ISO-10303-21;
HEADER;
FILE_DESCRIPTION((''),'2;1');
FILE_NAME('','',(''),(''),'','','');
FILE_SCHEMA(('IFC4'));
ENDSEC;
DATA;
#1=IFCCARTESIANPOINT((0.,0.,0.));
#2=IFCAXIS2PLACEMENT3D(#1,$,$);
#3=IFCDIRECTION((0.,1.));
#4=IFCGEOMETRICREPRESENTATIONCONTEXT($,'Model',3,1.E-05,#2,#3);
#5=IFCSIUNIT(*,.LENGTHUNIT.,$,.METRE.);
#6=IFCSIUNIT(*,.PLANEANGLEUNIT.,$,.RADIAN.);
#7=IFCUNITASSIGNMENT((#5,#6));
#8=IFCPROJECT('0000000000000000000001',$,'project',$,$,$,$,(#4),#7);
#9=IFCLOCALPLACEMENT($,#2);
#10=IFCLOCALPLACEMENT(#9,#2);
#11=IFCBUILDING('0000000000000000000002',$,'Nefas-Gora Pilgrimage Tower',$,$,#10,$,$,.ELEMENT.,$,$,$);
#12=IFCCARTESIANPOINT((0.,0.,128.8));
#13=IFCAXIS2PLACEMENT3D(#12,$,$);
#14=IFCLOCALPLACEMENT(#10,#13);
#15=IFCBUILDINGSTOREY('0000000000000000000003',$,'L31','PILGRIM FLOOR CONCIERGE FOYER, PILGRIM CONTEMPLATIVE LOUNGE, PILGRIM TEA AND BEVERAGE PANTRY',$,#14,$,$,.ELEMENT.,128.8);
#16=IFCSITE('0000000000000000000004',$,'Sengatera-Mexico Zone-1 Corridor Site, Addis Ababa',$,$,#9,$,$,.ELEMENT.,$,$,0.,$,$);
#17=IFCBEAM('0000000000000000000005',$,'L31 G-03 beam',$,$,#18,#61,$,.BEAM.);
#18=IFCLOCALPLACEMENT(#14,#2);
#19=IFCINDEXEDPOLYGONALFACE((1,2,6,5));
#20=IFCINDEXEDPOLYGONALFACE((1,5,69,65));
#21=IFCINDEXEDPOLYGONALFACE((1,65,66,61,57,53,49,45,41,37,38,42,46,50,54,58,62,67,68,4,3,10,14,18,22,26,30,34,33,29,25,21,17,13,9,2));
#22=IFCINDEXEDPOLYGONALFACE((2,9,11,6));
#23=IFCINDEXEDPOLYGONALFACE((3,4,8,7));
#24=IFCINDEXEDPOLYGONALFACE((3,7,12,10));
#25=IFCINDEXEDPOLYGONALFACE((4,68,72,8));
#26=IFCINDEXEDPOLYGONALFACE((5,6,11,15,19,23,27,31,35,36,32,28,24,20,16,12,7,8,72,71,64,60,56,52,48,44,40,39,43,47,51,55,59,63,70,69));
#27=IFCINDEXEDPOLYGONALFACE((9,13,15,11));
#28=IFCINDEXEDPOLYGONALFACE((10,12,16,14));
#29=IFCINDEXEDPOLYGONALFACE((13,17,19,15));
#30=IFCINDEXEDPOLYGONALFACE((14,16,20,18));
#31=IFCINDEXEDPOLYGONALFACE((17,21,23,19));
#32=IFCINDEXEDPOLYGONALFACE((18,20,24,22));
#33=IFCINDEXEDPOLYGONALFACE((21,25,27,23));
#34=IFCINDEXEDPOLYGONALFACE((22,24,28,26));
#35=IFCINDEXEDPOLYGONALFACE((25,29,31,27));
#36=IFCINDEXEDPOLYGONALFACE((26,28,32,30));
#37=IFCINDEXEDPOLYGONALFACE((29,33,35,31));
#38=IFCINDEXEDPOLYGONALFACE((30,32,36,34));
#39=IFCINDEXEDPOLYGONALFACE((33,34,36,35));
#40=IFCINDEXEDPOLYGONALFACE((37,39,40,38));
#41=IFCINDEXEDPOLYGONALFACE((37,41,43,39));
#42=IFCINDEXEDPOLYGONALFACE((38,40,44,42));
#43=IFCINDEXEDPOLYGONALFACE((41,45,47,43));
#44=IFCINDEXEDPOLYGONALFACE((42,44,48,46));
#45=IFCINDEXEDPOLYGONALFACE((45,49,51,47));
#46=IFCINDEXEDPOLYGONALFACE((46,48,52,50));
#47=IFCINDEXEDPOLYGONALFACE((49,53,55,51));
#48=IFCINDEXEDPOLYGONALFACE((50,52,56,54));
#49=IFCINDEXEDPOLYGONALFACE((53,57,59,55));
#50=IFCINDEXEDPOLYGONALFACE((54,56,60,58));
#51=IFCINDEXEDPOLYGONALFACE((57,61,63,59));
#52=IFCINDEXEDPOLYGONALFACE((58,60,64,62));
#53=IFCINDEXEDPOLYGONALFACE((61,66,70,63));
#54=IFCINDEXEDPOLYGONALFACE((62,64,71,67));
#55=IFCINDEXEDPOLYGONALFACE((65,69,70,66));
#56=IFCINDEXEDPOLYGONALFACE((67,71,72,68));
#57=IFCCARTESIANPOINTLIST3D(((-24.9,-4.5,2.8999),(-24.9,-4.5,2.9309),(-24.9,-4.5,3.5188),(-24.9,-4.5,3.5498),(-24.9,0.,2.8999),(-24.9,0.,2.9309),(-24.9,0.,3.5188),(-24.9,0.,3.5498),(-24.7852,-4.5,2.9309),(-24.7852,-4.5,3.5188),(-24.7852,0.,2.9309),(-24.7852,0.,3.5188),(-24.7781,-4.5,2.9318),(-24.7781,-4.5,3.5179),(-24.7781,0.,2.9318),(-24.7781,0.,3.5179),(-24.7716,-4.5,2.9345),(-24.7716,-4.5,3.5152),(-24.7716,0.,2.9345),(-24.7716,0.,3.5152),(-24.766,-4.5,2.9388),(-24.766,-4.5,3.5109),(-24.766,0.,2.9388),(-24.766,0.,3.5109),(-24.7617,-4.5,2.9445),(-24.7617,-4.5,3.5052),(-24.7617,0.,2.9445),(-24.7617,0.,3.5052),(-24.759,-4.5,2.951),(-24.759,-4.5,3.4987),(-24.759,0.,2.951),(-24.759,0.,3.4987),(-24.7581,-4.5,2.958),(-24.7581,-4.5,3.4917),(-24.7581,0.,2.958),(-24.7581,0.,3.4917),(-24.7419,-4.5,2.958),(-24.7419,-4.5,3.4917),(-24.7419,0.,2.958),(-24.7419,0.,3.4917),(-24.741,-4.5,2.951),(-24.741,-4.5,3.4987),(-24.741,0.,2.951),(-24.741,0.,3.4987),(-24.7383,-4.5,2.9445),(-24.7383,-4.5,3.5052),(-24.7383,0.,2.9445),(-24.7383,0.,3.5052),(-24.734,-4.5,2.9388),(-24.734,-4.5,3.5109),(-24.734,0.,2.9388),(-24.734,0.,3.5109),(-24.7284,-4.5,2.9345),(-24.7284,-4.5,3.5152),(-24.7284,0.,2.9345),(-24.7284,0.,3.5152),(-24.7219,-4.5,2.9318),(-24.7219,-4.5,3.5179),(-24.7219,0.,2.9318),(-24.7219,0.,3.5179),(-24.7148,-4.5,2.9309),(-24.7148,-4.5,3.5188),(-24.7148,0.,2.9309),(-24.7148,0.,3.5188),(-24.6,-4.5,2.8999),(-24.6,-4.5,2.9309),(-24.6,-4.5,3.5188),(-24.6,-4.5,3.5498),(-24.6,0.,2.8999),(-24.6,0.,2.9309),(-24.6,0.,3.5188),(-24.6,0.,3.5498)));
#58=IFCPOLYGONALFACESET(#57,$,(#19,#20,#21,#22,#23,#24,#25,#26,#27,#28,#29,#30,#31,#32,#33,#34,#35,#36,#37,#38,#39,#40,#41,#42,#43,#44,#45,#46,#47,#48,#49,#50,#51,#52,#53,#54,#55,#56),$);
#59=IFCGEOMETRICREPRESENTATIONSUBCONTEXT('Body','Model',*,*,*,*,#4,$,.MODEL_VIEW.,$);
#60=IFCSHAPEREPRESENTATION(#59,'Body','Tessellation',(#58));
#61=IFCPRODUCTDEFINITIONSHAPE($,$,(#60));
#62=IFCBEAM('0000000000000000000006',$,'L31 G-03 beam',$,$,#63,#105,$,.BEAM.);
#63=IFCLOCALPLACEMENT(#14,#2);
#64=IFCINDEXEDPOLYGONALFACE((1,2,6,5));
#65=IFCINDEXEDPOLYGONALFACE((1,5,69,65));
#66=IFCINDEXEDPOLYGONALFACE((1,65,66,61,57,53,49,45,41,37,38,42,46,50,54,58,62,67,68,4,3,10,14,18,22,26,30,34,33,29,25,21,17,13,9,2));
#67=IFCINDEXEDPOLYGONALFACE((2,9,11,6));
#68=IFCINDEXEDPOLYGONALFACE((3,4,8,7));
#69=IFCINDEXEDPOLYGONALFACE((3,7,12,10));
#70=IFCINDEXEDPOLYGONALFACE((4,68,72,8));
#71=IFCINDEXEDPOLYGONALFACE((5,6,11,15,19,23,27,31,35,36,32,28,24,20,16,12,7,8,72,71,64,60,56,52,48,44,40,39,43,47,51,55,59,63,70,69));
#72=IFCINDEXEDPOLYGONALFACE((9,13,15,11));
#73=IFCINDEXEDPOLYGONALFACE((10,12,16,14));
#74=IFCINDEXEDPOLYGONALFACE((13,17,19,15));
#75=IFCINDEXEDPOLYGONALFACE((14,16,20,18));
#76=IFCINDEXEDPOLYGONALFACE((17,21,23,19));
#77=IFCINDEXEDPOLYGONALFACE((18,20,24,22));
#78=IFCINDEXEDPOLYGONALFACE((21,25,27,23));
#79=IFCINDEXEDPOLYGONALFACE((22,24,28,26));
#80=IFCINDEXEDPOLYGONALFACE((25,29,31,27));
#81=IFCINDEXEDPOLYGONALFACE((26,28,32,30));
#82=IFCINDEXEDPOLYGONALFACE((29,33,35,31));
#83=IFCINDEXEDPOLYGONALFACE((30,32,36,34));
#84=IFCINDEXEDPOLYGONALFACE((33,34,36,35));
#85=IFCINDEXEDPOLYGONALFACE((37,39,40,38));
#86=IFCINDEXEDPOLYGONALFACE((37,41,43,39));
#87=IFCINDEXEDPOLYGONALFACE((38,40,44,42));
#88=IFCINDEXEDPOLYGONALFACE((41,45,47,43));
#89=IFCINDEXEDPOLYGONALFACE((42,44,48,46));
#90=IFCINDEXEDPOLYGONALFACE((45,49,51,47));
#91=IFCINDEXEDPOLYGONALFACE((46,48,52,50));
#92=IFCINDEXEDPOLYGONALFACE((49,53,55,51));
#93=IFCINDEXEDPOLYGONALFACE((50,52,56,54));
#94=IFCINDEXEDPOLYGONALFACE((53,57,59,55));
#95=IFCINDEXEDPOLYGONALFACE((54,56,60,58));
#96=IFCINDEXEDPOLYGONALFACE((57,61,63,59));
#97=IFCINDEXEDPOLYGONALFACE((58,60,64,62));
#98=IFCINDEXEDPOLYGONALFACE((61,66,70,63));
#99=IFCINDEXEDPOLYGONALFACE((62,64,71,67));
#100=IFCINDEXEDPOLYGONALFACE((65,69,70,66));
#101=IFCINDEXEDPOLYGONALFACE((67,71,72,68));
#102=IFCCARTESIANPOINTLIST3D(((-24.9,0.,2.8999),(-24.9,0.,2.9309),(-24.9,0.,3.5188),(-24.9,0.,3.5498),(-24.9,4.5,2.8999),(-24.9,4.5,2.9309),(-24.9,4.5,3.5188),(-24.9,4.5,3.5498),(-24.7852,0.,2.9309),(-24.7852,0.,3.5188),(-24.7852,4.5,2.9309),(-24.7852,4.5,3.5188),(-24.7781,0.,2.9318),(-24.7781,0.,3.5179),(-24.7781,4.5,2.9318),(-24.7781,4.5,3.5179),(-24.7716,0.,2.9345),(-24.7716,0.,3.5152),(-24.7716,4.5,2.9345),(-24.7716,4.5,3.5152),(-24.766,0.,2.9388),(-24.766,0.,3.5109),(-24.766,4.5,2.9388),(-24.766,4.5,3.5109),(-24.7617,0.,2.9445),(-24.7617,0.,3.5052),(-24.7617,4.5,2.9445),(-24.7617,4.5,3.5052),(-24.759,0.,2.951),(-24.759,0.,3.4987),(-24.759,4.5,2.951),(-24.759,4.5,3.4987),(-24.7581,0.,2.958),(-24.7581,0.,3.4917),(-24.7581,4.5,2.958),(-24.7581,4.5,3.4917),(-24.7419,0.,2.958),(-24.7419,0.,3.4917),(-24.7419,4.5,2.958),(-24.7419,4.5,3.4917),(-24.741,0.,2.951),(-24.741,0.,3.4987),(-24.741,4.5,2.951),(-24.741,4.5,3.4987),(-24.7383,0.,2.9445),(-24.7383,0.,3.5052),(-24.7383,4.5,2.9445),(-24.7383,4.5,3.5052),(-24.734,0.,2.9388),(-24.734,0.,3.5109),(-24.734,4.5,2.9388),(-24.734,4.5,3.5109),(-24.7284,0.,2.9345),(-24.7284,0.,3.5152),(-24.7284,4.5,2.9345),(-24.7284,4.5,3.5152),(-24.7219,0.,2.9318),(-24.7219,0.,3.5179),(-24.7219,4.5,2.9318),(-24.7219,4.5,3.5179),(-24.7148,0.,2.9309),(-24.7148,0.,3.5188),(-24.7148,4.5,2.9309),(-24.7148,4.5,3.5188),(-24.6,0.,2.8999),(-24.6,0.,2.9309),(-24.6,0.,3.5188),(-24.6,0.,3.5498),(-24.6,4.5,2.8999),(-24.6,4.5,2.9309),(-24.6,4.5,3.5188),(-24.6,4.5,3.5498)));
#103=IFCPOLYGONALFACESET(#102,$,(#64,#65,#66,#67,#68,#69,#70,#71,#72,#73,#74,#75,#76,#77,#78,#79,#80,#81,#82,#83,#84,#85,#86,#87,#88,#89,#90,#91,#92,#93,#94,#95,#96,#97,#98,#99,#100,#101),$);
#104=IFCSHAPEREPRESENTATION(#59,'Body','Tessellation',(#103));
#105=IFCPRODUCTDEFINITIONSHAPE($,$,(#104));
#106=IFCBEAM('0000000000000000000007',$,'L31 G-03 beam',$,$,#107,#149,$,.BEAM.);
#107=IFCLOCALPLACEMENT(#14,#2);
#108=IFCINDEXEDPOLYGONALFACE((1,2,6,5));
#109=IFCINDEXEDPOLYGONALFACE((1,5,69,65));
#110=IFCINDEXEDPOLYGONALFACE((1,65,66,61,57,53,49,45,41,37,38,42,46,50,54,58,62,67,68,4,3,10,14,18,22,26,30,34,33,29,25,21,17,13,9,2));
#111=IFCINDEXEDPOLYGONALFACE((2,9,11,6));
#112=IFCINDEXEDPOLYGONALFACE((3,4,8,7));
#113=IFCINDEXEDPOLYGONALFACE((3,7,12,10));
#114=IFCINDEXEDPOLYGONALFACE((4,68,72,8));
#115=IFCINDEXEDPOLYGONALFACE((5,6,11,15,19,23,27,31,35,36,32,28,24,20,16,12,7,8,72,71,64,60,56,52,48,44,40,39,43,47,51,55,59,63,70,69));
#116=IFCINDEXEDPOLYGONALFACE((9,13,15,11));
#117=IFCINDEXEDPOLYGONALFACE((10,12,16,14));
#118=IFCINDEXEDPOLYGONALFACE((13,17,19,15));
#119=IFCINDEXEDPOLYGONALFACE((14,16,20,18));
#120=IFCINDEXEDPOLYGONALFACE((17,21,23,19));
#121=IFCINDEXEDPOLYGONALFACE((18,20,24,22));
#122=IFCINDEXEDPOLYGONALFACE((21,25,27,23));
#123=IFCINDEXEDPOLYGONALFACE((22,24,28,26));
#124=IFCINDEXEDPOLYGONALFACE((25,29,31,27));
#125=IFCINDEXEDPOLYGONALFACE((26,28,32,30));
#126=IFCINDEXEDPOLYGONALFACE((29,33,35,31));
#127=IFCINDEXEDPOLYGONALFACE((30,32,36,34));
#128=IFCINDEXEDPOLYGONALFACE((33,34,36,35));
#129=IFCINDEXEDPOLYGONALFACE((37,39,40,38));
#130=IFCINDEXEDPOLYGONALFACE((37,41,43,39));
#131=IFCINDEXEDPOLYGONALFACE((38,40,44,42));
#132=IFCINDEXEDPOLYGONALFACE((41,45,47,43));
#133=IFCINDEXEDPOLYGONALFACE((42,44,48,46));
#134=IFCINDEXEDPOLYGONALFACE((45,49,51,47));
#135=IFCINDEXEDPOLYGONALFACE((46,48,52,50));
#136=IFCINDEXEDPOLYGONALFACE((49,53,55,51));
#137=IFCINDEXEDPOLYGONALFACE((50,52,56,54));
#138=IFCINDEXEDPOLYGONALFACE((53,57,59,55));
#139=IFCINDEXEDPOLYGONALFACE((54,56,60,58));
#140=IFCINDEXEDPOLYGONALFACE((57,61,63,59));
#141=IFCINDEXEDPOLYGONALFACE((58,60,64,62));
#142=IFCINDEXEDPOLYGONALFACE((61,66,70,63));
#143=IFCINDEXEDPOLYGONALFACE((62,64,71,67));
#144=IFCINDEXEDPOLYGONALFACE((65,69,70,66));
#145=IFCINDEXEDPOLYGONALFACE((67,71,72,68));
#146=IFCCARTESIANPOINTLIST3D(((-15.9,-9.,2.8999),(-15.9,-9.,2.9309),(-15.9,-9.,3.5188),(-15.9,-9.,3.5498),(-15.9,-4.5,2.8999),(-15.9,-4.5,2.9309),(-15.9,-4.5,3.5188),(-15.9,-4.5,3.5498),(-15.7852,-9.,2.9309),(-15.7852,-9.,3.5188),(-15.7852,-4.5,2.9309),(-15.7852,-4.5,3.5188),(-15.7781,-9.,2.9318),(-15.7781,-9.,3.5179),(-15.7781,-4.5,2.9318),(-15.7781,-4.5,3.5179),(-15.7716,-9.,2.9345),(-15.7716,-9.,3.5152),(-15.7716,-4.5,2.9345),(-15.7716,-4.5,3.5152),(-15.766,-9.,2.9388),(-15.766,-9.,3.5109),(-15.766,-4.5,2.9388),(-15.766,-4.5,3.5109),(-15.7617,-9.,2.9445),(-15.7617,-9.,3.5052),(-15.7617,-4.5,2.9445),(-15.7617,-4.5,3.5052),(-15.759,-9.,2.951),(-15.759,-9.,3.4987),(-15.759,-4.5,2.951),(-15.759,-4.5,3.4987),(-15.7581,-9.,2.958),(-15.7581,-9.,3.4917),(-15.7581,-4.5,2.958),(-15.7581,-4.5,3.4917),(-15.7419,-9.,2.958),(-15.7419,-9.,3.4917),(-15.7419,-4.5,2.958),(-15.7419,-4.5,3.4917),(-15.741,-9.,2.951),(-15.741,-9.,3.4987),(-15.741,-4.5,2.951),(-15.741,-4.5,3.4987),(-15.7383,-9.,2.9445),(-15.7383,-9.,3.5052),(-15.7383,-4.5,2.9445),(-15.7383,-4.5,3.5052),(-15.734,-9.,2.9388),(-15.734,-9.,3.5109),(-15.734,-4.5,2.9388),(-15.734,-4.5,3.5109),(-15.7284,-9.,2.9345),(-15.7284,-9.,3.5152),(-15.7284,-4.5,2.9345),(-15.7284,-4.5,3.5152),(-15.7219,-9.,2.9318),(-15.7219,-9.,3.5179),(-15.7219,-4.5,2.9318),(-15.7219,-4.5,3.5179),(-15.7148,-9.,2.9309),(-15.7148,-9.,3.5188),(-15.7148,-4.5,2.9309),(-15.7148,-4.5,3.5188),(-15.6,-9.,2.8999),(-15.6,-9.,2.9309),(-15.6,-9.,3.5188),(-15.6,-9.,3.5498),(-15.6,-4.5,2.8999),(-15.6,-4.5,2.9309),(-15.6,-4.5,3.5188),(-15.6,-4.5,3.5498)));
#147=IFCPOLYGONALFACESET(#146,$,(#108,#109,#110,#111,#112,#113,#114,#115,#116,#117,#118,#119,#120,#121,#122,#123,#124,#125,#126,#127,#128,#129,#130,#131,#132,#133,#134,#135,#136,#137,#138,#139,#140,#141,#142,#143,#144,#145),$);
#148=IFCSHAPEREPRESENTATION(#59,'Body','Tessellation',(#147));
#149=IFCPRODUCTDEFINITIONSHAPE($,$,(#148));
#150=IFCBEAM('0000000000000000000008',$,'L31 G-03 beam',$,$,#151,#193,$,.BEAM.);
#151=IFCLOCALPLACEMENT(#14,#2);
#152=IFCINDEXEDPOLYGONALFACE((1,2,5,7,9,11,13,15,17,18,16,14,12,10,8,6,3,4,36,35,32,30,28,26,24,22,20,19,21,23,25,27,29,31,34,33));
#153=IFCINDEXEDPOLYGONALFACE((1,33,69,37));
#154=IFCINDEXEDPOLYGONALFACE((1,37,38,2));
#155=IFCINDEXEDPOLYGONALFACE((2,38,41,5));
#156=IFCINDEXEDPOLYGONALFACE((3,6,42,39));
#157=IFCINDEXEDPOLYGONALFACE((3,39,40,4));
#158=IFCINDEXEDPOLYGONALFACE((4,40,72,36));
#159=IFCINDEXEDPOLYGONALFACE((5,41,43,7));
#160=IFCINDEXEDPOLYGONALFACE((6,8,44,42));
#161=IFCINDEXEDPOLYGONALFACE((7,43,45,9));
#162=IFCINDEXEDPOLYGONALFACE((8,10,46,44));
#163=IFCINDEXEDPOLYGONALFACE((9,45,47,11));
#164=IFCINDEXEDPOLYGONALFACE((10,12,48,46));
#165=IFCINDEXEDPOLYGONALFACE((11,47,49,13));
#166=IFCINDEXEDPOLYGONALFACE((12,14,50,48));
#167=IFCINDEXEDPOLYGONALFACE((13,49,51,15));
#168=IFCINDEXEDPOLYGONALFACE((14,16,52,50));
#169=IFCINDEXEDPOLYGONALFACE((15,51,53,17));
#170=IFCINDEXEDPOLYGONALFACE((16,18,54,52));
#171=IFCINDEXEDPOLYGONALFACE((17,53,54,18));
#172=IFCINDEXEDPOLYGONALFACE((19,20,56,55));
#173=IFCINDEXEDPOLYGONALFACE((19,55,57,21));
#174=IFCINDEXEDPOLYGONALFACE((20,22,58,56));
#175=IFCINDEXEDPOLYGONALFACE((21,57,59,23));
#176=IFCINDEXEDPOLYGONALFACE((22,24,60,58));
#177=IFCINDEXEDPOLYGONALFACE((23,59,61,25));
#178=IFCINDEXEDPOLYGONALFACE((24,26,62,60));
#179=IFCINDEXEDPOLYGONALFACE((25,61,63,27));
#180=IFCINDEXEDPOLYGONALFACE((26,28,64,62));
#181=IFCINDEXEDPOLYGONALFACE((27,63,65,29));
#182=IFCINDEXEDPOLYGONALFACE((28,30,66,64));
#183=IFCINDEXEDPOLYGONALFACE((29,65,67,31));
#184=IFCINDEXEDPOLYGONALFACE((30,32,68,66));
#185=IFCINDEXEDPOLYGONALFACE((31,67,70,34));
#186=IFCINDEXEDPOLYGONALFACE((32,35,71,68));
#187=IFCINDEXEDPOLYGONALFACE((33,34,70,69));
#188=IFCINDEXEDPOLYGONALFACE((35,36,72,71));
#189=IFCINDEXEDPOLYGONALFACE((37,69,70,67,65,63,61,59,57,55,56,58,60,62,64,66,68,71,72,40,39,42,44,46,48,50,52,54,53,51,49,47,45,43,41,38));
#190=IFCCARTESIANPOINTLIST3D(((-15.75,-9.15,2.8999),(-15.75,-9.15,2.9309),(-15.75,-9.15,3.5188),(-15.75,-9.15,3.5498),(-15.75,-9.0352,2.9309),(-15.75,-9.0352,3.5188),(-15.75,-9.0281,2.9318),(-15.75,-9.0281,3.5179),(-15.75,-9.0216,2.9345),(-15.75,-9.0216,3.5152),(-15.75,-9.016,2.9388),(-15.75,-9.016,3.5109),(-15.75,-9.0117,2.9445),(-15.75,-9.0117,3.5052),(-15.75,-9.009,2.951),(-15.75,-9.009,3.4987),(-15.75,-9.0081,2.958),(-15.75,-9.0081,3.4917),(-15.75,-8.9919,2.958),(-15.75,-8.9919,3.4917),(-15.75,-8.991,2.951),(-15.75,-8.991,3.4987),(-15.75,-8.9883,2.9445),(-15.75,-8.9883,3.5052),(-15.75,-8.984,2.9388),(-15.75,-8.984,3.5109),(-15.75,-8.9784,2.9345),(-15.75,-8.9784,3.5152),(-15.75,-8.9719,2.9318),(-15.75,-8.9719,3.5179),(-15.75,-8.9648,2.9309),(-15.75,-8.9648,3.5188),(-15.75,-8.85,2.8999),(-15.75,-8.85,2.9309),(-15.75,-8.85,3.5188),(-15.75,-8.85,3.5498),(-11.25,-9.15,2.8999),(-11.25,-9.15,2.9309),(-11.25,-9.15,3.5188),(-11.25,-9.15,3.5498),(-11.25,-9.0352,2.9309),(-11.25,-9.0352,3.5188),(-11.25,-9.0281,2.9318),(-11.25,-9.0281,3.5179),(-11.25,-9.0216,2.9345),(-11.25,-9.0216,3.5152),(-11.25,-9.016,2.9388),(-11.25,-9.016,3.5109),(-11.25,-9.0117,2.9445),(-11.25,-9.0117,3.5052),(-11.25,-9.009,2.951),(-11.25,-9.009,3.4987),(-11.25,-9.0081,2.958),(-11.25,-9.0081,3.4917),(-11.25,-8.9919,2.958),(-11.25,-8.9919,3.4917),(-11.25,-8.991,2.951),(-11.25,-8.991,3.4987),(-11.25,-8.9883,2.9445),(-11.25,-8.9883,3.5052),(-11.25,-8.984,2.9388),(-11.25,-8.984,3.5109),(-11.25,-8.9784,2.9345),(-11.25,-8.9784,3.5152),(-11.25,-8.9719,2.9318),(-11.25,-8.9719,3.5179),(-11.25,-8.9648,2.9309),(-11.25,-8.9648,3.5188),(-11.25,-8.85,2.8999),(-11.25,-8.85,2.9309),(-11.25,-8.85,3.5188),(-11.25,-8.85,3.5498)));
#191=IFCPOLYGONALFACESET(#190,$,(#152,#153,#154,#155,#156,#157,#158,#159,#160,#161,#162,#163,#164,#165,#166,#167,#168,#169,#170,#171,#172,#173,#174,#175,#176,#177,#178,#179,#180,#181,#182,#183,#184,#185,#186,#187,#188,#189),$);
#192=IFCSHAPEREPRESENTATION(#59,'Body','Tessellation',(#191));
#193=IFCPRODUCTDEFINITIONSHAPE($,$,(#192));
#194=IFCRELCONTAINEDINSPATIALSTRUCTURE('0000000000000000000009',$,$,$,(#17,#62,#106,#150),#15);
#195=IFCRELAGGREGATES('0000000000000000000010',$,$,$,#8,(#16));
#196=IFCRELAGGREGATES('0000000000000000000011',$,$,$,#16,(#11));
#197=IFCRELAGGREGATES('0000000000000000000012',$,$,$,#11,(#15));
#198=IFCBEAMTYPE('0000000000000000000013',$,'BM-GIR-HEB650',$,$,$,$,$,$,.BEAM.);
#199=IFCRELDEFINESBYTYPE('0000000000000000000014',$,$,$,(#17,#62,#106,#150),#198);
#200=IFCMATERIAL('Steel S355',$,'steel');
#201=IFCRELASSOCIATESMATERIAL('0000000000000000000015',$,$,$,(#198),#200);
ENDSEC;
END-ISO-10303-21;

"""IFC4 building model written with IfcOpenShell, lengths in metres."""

from ifc_helpers import new_model, si_unit, direction, frame, origin, origin_2d, place, context, subcontext, project, spatial, i_section, extrude, source, transform, mapped, material, material_profile, profile_set, type_object, element, save


model = new_model("IFC4")

# Units and contexts
model_context = context("Model", 3, precision=1e-05, world=origin(), true_north=direction((0.0, 1.0)))
body_context = subcontext(model_context, "Body", "Model", "MODEL_VIEW")
ifc_project = project(units=[si_unit("LENGTHUNIT", "METRE"), si_unit("PLANEANGLEUNIT", "RADIAN")], contexts=[model_context])

# Site, building, storey
site_placement = place(None, origin())
site = spatial("IfcSite", under=ifc_project, at=site_placement, Name="Sengatera-Mexico Zone-1 Corridor Site, Addis Ababa", CompositionType="ELEMENT", RefElevation=0.0)
building_placement = place(site_placement, origin())
building = spatial("IfcBuilding", under=site, at=building_placement, Name="Nefas-Gora Pilgrimage Tower", CompositionType="ELEMENT")
storey_placement = place(building_placement, frame((0.0, 0.0, 128.8)))
storey = spatial("IfcBuildingStorey", under=building, at=storey_placement, Name="L31", Description="PILGRIM FLOOR CONCIERGE FOYER, PILGRIM CONTEMPLATIVE LOUNGE, PILGRIM TEA AND BEVERAGE PANTRY", CompositionType="ELEMENT", Elevation=128.8)

# Beams
ifc_material_1 = material(Name="Steel S355", Category="steel")
ifc_material_profile_1 = material_profile(ifc_material_1, i_section(OverallWidth=0.3, OverallDepth=0.6499, WebThickness=0.0161, FlangeThickness=0.031, FilletRadius=0.0271, at=origin_2d()), Name="HEB 650")
ifc_profile_set_1 = profile_set([ifc_material_profile_1], Name="Steel S355")
beam_type_1 = type_object("IfcBeamType", Name="BM-GIR-HEB650", PredefinedType="BEAM", material=ifc_profile_set_1)
shared_shape_1 = source(origin(), body_context, "Body", "SweptSolid", [
    extrude(i_section(OverallWidth=0.3, OverallDepth=0.6499, WebThickness=0.0161, FlangeThickness=0.031, FilletRadius=0.0271, at=origin_2d()), origin(), (0.0, 0.0, 1.0), 4.5),
])
for number, where, z_axis, x_axis, name in (
    (1, (-24.75, -4.5, 3.2249), (0.0, 1.0, 0.0), (-1.0, 0.0, 0.0), "L31 G-03 beam"),
    (2, (-24.75, 0.0, 3.2249), (0.0, 1.0, 0.0), (-1.0, 0.0, 0.0), "L31 G-03 beam"),
    (3, (-15.75, -9.0, 3.2249), (0.0, 1.0, 0.0), (-1.0, 0.0, 0.0), "L31 G-03 beam"),
    (4, (-15.75, -9.0, 3.2249), (1.0, 0.0, 0.0), (0.0, 1.0, 0.0), "L31 G-03 beam"),
):
    element("IfcBeam", number, at=place(storey_placement, frame(where, z_axis=z_axis, x_axis=x_axis)), inside=storey, type_object=beam_type_1, Name=name, PredefinedType="BEAM", context=body_context, shape_type="MappedRepresentation", body=[
        mapped(shared_shape_1, transform((0.0, 0.0, 0.0), x_axis=(1.0, 0.0, 0.0), y_axis=(0.0, 1.0, 0.0), z_axis=(0.0, 0.0, 1.0), scale=1.0)),
    ])

save(model, "model.ifc")
